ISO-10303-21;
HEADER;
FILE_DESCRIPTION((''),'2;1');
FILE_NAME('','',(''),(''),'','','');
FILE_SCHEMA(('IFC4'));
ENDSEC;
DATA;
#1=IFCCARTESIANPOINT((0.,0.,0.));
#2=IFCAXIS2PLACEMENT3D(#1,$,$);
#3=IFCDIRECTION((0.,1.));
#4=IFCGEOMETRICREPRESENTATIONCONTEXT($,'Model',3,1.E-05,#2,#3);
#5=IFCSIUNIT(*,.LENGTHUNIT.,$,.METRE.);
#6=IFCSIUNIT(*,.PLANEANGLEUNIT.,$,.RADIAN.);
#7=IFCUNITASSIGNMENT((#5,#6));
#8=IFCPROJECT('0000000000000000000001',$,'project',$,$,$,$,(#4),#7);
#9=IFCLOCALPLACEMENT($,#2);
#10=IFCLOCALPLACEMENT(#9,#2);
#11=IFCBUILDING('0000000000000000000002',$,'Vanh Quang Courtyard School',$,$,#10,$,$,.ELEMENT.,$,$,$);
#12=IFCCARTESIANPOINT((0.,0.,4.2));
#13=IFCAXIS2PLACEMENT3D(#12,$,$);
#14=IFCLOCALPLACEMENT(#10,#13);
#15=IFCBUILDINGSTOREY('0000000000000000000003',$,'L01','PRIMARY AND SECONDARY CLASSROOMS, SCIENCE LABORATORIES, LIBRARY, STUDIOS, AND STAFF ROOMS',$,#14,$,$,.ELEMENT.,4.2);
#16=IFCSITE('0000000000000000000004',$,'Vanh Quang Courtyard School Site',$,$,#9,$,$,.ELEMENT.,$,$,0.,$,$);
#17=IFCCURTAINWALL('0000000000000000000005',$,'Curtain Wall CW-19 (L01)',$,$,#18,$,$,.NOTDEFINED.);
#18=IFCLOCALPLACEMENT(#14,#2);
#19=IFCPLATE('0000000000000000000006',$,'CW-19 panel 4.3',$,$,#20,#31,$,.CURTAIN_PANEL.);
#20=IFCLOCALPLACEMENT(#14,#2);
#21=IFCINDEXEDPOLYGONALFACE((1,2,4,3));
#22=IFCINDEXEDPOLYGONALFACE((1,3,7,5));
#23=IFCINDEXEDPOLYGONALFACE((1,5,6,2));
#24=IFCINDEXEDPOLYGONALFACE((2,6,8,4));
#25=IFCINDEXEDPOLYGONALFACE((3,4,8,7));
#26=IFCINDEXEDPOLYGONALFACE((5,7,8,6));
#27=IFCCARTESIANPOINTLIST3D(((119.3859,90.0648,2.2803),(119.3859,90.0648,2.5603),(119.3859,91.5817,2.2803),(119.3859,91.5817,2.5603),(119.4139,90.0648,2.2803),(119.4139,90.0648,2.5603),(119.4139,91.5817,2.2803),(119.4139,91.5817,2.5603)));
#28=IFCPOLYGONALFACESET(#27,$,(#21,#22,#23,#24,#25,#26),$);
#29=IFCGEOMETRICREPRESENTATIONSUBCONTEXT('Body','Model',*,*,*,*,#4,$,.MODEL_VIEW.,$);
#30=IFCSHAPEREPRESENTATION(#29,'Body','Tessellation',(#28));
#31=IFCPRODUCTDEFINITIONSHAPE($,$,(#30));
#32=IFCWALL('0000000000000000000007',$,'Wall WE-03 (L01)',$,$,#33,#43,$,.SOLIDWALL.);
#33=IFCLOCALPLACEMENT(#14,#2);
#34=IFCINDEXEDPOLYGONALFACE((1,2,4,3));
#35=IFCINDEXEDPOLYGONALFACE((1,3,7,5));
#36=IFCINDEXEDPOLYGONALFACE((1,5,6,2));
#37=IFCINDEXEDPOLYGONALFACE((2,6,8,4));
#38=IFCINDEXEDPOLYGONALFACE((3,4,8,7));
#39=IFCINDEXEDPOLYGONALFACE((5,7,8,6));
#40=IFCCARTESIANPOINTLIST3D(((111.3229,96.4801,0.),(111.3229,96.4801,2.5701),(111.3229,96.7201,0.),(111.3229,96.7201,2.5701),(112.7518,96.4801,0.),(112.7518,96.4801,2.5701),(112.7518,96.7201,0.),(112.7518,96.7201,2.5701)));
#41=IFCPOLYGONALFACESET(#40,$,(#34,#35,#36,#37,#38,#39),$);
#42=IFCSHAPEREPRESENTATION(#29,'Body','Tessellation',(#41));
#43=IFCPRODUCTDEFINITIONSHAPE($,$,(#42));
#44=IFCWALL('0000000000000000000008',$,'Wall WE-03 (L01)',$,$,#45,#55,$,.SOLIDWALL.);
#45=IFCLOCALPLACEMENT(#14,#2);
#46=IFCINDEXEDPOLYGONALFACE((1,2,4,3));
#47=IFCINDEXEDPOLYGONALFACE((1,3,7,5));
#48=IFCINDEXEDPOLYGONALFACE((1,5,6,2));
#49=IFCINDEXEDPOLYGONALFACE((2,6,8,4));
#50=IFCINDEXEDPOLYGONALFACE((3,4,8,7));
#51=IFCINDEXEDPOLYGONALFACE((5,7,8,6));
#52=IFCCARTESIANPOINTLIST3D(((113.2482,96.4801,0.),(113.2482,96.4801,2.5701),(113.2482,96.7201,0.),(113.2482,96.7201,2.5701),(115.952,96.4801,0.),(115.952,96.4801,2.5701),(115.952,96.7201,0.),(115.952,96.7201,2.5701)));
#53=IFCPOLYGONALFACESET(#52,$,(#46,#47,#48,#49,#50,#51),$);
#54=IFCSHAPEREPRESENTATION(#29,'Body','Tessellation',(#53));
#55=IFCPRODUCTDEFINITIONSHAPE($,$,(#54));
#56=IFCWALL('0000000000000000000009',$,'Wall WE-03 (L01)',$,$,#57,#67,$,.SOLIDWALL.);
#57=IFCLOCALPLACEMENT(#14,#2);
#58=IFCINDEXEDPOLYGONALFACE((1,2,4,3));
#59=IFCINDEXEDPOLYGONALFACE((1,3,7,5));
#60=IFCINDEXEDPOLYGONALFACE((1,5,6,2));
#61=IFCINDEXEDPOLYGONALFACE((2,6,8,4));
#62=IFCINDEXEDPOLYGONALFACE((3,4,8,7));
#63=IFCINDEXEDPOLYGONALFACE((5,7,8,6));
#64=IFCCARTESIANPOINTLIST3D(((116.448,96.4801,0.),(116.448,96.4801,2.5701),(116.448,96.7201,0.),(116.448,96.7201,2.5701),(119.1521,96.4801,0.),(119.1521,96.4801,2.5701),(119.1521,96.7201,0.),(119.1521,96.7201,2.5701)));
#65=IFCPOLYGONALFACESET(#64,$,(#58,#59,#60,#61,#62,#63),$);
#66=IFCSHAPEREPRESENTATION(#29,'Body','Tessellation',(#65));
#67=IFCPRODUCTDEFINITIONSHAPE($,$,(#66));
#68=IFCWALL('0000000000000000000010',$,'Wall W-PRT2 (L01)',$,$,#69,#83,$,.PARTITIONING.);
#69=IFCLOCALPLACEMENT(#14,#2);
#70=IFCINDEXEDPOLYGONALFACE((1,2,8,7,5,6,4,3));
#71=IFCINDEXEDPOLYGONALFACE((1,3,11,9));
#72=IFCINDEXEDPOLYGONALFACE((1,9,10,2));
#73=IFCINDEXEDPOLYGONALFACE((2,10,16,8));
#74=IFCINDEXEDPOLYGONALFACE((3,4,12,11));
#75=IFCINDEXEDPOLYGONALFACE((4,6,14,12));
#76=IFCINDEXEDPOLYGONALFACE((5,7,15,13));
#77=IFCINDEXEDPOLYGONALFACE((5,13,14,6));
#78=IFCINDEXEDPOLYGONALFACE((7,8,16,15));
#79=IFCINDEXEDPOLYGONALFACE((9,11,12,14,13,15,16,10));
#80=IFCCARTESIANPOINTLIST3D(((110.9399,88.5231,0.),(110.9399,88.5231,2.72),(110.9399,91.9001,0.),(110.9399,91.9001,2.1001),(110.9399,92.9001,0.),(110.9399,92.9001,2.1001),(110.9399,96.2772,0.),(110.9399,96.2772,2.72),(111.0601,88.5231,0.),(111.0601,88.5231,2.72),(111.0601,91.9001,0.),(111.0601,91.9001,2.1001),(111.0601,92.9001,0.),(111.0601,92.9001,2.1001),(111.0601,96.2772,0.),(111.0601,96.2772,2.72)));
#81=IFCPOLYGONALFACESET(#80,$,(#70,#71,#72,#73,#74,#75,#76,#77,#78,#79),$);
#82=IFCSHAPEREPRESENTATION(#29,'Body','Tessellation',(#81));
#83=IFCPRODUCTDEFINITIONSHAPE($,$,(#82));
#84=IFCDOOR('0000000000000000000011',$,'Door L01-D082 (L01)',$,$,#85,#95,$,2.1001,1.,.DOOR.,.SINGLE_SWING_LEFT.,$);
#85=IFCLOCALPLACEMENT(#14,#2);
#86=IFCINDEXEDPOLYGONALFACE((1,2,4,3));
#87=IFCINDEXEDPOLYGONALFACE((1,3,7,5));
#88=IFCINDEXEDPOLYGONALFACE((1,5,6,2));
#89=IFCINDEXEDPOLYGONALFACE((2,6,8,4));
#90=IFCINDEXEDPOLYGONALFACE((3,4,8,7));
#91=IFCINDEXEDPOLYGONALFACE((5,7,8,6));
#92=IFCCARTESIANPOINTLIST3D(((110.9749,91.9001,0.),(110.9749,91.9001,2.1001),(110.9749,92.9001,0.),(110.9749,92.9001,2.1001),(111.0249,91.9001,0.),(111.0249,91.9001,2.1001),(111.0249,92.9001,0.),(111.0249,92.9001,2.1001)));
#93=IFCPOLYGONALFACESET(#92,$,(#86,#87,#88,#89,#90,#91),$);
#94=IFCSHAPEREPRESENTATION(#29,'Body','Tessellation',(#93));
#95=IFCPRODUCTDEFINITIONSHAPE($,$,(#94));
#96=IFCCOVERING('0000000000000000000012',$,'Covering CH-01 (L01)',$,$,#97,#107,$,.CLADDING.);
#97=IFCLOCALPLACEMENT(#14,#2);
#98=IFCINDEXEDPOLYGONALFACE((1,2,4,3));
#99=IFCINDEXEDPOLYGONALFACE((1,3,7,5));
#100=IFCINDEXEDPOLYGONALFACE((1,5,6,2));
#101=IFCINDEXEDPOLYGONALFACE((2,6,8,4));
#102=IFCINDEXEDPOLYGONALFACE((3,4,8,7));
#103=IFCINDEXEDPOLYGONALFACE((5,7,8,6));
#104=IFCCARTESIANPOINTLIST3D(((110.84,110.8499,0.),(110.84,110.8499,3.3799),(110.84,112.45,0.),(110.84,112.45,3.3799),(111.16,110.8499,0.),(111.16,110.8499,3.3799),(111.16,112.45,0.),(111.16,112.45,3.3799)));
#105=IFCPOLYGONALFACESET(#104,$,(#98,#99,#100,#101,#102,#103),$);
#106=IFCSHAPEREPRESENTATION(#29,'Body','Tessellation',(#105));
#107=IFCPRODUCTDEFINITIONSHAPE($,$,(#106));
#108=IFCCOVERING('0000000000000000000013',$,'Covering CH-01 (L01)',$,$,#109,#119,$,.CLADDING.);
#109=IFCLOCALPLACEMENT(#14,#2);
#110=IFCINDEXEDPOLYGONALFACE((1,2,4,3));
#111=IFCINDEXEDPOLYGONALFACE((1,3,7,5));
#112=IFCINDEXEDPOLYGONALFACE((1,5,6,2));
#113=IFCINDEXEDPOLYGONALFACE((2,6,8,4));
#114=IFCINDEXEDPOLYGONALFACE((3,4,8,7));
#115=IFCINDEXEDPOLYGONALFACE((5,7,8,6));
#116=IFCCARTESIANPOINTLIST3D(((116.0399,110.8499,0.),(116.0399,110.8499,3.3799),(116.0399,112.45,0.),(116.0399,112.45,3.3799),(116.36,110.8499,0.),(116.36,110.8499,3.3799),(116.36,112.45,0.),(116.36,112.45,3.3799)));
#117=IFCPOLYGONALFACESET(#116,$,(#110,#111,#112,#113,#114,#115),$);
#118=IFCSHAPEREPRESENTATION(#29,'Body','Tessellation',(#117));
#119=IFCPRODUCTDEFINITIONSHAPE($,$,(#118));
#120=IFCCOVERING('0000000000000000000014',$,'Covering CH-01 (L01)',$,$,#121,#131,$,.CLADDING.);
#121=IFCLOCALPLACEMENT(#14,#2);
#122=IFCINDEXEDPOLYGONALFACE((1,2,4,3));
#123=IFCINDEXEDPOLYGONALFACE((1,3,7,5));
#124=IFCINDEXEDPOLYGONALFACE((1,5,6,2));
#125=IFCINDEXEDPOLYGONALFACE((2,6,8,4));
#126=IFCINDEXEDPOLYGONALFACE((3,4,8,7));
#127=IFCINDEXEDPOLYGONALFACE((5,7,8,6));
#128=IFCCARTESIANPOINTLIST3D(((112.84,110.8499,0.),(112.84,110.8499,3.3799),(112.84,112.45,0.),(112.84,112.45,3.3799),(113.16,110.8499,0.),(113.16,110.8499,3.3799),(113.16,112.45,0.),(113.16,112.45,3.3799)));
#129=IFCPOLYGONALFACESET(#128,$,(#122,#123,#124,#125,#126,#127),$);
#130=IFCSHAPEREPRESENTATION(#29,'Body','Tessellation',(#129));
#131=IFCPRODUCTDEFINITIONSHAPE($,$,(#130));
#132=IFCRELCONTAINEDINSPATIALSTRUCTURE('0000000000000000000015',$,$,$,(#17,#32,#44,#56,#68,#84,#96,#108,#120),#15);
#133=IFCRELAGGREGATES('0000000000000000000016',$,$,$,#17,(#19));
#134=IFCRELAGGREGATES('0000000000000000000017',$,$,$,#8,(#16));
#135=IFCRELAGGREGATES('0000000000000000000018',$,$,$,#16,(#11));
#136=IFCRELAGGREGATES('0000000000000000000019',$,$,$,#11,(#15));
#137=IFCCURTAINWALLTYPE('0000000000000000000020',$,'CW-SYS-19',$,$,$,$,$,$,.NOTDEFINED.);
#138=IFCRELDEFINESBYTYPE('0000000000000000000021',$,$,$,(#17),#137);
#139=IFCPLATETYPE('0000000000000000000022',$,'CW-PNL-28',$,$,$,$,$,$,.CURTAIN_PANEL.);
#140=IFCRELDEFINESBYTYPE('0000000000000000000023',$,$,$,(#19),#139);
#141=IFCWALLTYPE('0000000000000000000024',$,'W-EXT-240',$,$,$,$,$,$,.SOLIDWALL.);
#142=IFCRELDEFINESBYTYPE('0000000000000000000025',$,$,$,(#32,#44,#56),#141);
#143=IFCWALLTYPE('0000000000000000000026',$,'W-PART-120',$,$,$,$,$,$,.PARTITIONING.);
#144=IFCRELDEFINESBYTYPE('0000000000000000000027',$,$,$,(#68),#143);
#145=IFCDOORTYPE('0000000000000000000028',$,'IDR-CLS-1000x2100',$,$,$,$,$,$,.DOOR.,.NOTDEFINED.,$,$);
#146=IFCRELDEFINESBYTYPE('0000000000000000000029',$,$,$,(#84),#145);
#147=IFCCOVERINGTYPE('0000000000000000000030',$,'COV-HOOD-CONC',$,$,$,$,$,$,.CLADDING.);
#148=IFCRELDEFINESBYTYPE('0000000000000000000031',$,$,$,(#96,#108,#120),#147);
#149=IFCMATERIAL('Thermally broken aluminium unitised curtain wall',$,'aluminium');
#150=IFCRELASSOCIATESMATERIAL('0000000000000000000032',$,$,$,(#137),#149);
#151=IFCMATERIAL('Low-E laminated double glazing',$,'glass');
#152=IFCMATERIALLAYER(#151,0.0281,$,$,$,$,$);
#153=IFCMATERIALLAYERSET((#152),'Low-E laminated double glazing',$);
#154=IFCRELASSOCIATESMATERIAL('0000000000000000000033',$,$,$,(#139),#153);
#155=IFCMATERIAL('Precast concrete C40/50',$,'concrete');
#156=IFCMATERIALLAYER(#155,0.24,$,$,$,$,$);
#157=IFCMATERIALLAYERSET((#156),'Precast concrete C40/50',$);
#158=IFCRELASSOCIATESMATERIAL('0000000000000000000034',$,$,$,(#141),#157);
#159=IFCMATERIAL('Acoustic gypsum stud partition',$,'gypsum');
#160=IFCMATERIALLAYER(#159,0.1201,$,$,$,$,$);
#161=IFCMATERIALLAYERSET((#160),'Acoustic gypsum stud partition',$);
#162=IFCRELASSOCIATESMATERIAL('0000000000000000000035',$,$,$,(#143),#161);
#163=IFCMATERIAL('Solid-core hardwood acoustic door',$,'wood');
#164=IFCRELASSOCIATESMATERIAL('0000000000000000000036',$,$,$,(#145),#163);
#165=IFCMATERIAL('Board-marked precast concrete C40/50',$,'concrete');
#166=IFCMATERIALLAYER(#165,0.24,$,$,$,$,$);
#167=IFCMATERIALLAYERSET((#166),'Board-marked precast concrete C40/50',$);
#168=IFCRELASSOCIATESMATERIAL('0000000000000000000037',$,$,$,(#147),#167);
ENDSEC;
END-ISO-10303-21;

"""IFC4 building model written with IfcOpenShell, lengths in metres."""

from ifc_helpers import new_model, si_unit, direction, frame, frame_2d, origin, origin_2d, place, context, subcontext, project, spatial, rectangle, extrude, material, layer, layer_set, type_object, element, fill, aggregate, save


model = new_model("IFC4")

# Units and contexts
model_context = context("Model", 3, precision=1e-05, world=origin(), true_north=direction((0.0, 1.0)))
body_context = subcontext(model_context, "Body", "Model", "MODEL_VIEW")
ifc_project = project(units=[si_unit("LENGTHUNIT", "METRE"), si_unit("PLANEANGLEUNIT", "RADIAN")], contexts=[model_context])

# Site, building, storey
site_placement = place(None, origin())
site = spatial("IfcSite", under=ifc_project, at=site_placement, Name="Vanh Quang Courtyard School Site", CompositionType="ELEMENT", RefElevation=0.0)
building_placement = place(site_placement, origin())
building = spatial("IfcBuilding", under=site, at=building_placement, Name="Vanh Quang Courtyard School", CompositionType="ELEMENT")
storey_placement = place(building_placement, frame((0.0, 0.0, 4.2)))
storey = spatial("IfcBuildingStorey", under=building, at=storey_placement, Name="L01", Description="PRIMARY AND SECONDARY CLASSROOMS, SCIENCE LABORATORIES, LIBRARY, STUDIOS, AND STAFF ROOMS", CompositionType="ELEMENT", Elevation=4.2)

# Curtain wall
ifc_material_1 = material(Name="Thermally broken aluminium unitised curtain wall", Category="aluminium")
curtain_wall_type = type_object("IfcCurtainWallType", Name="CW-SYS-19", PredefinedType="NOTDEFINED", material=ifc_material_1)
curtain_wall_placement = place(storey_placement, origin())
curtain_wall = element("IfcCurtainWall", 1, at=curtain_wall_placement, inside=storey, type_object=curtain_wall_type, Name="Curtain Wall CW-19 (L01)", PredefinedType="NOTDEFINED")

# Plate
ifc_material_2 = material(Name="Low-E laminated double glazing", Category="glass")
ifc_layer_1 = layer(ifc_material_2, 0.0281)
ifc_layer_set_1 = layer_set([ifc_layer_1], Name="Low-E laminated double glazing")
plate_type = type_object("IfcPlateType", Name="CW-PNL-28", PredefinedType="CURTAIN_PANEL", material=ifc_layer_set_1)
plate_1_placement = place(storey_placement, frame((119.3999, 90.8232, 2.2803), z_axis=(0.0, 0.0, 1.0), x_axis=(0.0, -1.0, 0.0)))
plate_1 = element("IfcPlate", 2, at=plate_1_placement, type_object=plate_type, Name="CW-19 panel 4.3", PredefinedType="CURTAIN_PANEL", context=body_context, shape_type="SweptSolid", body=[
    extrude(rectangle(XDim=1.5168, YDim=0.0281, at=origin_2d()), origin(), (0.0, 0.0, 1.0), 0.28),
])
aggregate(curtain_wall, [plate_1])

# Walls
ifc_material_3 = material(Name="Precast concrete C40/50", Category="concrete")
ifc_layer_2 = layer(ifc_material_3, 0.24)
ifc_layer_set_2 = layer_set([ifc_layer_2], Name="Precast concrete C40/50")
wall_type_1 = type_object("IfcWallType", Name="W-EXT-240", PredefinedType="SOLIDWALL", material=ifc_layer_set_2)
wall_1_placement = place(storey_placement, frame((111.323, 96.6001, 0.0), z_axis=(0.0, 0.0, 1.0), x_axis=(1.0, 0.0, 0.0)))
element("IfcWall", 3, at=wall_1_placement, inside=storey, type_object=wall_type_1, Name="Wall WE-03 (L01)", PredefinedType="SOLIDWALL", context=body_context, shape_type="SweptSolid", body=[
    extrude(rectangle(XDim=1.429, YDim=0.24, at=frame_2d((0.7144, 0.0))), origin(), (0.0, 0.0, 1.0), 2.5701),
])
wall_2_placement = place(storey_placement, frame((113.248, 96.6001, 0.0), z_axis=(0.0, 0.0, 1.0), x_axis=(1.0, 0.0, 0.0)))
element("IfcWall", 4, at=wall_2_placement, inside=storey, type_object=wall_type_1, Name="Wall WE-03 (L01)", PredefinedType="SOLIDWALL", context=body_context, shape_type="SweptSolid", body=[
    extrude(rectangle(XDim=2.7039, YDim=0.24, at=frame_2d((1.3521, 0.0))), origin(), (0.0, 0.0, 1.0), 2.5701),
])
wall_3_placement = place(storey_placement, frame((116.448, 96.6001, 0.0), z_axis=(0.0, 0.0, 1.0), x_axis=(1.0, 0.0, 0.0)))
element("IfcWall", 5, at=wall_3_placement, inside=storey, type_object=wall_type_1, Name="Wall WE-03 (L01)", PredefinedType="SOLIDWALL", context=body_context, shape_type="SweptSolid", body=[
    extrude(rectangle(XDim=2.7041, YDim=0.24, at=frame_2d((1.3521, 0.0))), origin(), (0.0, 0.0, 1.0), 2.5701),
])

# Wall, opening, door
ifc_material_4 = material(Name="Acoustic gypsum stud partition", Category="gypsum")
ifc_layer_3 = layer(ifc_material_4, 0.1201)
ifc_layer_set_3 = layer_set([ifc_layer_3], Name="Acoustic gypsum stud partition")
wall_type_2 = type_object("IfcWallType", Name="W-PART-120", PredefinedType="PARTITIONING", material=ifc_layer_set_3)
wall_4_placement = place(storey_placement, frame((111.0, 96.2771, 0.0), z_axis=(0.0, 0.0, 1.0), x_axis=(0.0, -1.0, 0.0)))
wall_4 = element("IfcWall", 6, at=wall_4_placement, inside=storey, type_object=wall_type_2, Name="Wall W-PRT2 (L01)", PredefinedType="PARTITIONING", context=body_context, shape_type="SweptSolid", body=[
    extrude(rectangle(XDim=7.7542, YDim=0.1201, at=frame_2d((3.877, 0.0))), origin(), (0.0, 0.0, 1.0), 2.72),
])
opening_placement = place(wall_4_placement, frame((3.377, 0.0, 0.0)))
opening = element("IfcOpeningElement", 7, at=opening_placement, cuts=wall_4, PredefinedType="OPENING", context=body_context, shape_type="SweptSolid", body=[
    extrude(rectangle(XDim=1.0, YDim=2.1001, at=frame_2d((0.5, 1.05))), frame((0.0, 0.0701, 0.0), z_axis=(0.0, -1.0, 0.0), x_axis=(1.0, 0.0, 0.0)), (0.0, 0.0, 1.0), 0.1401),
])
ifc_material_5 = material(Name="Solid-core hardwood acoustic door", Category="wood")
door_type = type_object("IfcDoorType", Name="IDR-CLS-1000x2100", OperationType="NOTDEFINED", PredefinedType="DOOR", material=ifc_material_5)
door_placement = place(opening_placement, origin())
door = element("IfcDoor", 8, at=door_placement, inside=storey, type_object=door_type, Name="Door L01-D082 (L01)", OperationType="SINGLE_SWING_LEFT", OverallHeight=2.1001, OverallWidth=1.0, PredefinedType="DOOR", context=body_context, shape_type="SweptSolid", body=[
    extrude(rectangle(XDim=1.0, YDim=2.1001, at=frame_2d((0.5, 1.05))), frame((0.0, 0.0249, 0.0), z_axis=(0.0, -1.0, 0.0), x_axis=(1.0, 0.0, 0.0)), (0.0, 0.0, 1.0), 0.05),
])
fill(opening, door)

# Coverings
ifc_material_6 = material(Name="Board-marked precast concrete C40/50", Category="concrete")
ifc_layer_4 = layer(ifc_material_6, 0.24)
ifc_layer_set_4 = layer_set([ifc_layer_4], Name="Board-marked precast concrete C40/50")
covering_type = type_object("IfcCoveringType", Name="COV-HOOD-CONC", PredefinedType="CLADDING", material=ifc_layer_set_4)
for number, where, z_axis, x_axis, name in (
    (9, (111.0, 111.6499, 0.0), (0.0, 0.0, 1.0), (0.0, 1.0, 0.0), "Covering CH-01 (L01)"),
    (10, (116.2, 111.6499, 0.0), (0.0, 0.0, 1.0), (0.0, 1.0, 0.0), "Covering CH-01 (L01)"),
    (11, (113.0, 111.6499, 0.0), (0.0, 0.0, 1.0), (0.0, 1.0, 0.0), "Covering CH-01 (L01)"),
):
    element("IfcCovering", number, at=place(storey_placement, frame(where, z_axis=z_axis, x_axis=x_axis)), inside=storey, type_object=covering_type, Name=name, PredefinedType="CLADDING", context=body_context, shape_type="SweptSolid", body=[
        extrude(rectangle(XDim=1.6001, YDim=0.3201, at=origin_2d()), origin(), (0.0, 0.0, 1.0), 3.3799),
    ])

save(model, "model.ifc")
